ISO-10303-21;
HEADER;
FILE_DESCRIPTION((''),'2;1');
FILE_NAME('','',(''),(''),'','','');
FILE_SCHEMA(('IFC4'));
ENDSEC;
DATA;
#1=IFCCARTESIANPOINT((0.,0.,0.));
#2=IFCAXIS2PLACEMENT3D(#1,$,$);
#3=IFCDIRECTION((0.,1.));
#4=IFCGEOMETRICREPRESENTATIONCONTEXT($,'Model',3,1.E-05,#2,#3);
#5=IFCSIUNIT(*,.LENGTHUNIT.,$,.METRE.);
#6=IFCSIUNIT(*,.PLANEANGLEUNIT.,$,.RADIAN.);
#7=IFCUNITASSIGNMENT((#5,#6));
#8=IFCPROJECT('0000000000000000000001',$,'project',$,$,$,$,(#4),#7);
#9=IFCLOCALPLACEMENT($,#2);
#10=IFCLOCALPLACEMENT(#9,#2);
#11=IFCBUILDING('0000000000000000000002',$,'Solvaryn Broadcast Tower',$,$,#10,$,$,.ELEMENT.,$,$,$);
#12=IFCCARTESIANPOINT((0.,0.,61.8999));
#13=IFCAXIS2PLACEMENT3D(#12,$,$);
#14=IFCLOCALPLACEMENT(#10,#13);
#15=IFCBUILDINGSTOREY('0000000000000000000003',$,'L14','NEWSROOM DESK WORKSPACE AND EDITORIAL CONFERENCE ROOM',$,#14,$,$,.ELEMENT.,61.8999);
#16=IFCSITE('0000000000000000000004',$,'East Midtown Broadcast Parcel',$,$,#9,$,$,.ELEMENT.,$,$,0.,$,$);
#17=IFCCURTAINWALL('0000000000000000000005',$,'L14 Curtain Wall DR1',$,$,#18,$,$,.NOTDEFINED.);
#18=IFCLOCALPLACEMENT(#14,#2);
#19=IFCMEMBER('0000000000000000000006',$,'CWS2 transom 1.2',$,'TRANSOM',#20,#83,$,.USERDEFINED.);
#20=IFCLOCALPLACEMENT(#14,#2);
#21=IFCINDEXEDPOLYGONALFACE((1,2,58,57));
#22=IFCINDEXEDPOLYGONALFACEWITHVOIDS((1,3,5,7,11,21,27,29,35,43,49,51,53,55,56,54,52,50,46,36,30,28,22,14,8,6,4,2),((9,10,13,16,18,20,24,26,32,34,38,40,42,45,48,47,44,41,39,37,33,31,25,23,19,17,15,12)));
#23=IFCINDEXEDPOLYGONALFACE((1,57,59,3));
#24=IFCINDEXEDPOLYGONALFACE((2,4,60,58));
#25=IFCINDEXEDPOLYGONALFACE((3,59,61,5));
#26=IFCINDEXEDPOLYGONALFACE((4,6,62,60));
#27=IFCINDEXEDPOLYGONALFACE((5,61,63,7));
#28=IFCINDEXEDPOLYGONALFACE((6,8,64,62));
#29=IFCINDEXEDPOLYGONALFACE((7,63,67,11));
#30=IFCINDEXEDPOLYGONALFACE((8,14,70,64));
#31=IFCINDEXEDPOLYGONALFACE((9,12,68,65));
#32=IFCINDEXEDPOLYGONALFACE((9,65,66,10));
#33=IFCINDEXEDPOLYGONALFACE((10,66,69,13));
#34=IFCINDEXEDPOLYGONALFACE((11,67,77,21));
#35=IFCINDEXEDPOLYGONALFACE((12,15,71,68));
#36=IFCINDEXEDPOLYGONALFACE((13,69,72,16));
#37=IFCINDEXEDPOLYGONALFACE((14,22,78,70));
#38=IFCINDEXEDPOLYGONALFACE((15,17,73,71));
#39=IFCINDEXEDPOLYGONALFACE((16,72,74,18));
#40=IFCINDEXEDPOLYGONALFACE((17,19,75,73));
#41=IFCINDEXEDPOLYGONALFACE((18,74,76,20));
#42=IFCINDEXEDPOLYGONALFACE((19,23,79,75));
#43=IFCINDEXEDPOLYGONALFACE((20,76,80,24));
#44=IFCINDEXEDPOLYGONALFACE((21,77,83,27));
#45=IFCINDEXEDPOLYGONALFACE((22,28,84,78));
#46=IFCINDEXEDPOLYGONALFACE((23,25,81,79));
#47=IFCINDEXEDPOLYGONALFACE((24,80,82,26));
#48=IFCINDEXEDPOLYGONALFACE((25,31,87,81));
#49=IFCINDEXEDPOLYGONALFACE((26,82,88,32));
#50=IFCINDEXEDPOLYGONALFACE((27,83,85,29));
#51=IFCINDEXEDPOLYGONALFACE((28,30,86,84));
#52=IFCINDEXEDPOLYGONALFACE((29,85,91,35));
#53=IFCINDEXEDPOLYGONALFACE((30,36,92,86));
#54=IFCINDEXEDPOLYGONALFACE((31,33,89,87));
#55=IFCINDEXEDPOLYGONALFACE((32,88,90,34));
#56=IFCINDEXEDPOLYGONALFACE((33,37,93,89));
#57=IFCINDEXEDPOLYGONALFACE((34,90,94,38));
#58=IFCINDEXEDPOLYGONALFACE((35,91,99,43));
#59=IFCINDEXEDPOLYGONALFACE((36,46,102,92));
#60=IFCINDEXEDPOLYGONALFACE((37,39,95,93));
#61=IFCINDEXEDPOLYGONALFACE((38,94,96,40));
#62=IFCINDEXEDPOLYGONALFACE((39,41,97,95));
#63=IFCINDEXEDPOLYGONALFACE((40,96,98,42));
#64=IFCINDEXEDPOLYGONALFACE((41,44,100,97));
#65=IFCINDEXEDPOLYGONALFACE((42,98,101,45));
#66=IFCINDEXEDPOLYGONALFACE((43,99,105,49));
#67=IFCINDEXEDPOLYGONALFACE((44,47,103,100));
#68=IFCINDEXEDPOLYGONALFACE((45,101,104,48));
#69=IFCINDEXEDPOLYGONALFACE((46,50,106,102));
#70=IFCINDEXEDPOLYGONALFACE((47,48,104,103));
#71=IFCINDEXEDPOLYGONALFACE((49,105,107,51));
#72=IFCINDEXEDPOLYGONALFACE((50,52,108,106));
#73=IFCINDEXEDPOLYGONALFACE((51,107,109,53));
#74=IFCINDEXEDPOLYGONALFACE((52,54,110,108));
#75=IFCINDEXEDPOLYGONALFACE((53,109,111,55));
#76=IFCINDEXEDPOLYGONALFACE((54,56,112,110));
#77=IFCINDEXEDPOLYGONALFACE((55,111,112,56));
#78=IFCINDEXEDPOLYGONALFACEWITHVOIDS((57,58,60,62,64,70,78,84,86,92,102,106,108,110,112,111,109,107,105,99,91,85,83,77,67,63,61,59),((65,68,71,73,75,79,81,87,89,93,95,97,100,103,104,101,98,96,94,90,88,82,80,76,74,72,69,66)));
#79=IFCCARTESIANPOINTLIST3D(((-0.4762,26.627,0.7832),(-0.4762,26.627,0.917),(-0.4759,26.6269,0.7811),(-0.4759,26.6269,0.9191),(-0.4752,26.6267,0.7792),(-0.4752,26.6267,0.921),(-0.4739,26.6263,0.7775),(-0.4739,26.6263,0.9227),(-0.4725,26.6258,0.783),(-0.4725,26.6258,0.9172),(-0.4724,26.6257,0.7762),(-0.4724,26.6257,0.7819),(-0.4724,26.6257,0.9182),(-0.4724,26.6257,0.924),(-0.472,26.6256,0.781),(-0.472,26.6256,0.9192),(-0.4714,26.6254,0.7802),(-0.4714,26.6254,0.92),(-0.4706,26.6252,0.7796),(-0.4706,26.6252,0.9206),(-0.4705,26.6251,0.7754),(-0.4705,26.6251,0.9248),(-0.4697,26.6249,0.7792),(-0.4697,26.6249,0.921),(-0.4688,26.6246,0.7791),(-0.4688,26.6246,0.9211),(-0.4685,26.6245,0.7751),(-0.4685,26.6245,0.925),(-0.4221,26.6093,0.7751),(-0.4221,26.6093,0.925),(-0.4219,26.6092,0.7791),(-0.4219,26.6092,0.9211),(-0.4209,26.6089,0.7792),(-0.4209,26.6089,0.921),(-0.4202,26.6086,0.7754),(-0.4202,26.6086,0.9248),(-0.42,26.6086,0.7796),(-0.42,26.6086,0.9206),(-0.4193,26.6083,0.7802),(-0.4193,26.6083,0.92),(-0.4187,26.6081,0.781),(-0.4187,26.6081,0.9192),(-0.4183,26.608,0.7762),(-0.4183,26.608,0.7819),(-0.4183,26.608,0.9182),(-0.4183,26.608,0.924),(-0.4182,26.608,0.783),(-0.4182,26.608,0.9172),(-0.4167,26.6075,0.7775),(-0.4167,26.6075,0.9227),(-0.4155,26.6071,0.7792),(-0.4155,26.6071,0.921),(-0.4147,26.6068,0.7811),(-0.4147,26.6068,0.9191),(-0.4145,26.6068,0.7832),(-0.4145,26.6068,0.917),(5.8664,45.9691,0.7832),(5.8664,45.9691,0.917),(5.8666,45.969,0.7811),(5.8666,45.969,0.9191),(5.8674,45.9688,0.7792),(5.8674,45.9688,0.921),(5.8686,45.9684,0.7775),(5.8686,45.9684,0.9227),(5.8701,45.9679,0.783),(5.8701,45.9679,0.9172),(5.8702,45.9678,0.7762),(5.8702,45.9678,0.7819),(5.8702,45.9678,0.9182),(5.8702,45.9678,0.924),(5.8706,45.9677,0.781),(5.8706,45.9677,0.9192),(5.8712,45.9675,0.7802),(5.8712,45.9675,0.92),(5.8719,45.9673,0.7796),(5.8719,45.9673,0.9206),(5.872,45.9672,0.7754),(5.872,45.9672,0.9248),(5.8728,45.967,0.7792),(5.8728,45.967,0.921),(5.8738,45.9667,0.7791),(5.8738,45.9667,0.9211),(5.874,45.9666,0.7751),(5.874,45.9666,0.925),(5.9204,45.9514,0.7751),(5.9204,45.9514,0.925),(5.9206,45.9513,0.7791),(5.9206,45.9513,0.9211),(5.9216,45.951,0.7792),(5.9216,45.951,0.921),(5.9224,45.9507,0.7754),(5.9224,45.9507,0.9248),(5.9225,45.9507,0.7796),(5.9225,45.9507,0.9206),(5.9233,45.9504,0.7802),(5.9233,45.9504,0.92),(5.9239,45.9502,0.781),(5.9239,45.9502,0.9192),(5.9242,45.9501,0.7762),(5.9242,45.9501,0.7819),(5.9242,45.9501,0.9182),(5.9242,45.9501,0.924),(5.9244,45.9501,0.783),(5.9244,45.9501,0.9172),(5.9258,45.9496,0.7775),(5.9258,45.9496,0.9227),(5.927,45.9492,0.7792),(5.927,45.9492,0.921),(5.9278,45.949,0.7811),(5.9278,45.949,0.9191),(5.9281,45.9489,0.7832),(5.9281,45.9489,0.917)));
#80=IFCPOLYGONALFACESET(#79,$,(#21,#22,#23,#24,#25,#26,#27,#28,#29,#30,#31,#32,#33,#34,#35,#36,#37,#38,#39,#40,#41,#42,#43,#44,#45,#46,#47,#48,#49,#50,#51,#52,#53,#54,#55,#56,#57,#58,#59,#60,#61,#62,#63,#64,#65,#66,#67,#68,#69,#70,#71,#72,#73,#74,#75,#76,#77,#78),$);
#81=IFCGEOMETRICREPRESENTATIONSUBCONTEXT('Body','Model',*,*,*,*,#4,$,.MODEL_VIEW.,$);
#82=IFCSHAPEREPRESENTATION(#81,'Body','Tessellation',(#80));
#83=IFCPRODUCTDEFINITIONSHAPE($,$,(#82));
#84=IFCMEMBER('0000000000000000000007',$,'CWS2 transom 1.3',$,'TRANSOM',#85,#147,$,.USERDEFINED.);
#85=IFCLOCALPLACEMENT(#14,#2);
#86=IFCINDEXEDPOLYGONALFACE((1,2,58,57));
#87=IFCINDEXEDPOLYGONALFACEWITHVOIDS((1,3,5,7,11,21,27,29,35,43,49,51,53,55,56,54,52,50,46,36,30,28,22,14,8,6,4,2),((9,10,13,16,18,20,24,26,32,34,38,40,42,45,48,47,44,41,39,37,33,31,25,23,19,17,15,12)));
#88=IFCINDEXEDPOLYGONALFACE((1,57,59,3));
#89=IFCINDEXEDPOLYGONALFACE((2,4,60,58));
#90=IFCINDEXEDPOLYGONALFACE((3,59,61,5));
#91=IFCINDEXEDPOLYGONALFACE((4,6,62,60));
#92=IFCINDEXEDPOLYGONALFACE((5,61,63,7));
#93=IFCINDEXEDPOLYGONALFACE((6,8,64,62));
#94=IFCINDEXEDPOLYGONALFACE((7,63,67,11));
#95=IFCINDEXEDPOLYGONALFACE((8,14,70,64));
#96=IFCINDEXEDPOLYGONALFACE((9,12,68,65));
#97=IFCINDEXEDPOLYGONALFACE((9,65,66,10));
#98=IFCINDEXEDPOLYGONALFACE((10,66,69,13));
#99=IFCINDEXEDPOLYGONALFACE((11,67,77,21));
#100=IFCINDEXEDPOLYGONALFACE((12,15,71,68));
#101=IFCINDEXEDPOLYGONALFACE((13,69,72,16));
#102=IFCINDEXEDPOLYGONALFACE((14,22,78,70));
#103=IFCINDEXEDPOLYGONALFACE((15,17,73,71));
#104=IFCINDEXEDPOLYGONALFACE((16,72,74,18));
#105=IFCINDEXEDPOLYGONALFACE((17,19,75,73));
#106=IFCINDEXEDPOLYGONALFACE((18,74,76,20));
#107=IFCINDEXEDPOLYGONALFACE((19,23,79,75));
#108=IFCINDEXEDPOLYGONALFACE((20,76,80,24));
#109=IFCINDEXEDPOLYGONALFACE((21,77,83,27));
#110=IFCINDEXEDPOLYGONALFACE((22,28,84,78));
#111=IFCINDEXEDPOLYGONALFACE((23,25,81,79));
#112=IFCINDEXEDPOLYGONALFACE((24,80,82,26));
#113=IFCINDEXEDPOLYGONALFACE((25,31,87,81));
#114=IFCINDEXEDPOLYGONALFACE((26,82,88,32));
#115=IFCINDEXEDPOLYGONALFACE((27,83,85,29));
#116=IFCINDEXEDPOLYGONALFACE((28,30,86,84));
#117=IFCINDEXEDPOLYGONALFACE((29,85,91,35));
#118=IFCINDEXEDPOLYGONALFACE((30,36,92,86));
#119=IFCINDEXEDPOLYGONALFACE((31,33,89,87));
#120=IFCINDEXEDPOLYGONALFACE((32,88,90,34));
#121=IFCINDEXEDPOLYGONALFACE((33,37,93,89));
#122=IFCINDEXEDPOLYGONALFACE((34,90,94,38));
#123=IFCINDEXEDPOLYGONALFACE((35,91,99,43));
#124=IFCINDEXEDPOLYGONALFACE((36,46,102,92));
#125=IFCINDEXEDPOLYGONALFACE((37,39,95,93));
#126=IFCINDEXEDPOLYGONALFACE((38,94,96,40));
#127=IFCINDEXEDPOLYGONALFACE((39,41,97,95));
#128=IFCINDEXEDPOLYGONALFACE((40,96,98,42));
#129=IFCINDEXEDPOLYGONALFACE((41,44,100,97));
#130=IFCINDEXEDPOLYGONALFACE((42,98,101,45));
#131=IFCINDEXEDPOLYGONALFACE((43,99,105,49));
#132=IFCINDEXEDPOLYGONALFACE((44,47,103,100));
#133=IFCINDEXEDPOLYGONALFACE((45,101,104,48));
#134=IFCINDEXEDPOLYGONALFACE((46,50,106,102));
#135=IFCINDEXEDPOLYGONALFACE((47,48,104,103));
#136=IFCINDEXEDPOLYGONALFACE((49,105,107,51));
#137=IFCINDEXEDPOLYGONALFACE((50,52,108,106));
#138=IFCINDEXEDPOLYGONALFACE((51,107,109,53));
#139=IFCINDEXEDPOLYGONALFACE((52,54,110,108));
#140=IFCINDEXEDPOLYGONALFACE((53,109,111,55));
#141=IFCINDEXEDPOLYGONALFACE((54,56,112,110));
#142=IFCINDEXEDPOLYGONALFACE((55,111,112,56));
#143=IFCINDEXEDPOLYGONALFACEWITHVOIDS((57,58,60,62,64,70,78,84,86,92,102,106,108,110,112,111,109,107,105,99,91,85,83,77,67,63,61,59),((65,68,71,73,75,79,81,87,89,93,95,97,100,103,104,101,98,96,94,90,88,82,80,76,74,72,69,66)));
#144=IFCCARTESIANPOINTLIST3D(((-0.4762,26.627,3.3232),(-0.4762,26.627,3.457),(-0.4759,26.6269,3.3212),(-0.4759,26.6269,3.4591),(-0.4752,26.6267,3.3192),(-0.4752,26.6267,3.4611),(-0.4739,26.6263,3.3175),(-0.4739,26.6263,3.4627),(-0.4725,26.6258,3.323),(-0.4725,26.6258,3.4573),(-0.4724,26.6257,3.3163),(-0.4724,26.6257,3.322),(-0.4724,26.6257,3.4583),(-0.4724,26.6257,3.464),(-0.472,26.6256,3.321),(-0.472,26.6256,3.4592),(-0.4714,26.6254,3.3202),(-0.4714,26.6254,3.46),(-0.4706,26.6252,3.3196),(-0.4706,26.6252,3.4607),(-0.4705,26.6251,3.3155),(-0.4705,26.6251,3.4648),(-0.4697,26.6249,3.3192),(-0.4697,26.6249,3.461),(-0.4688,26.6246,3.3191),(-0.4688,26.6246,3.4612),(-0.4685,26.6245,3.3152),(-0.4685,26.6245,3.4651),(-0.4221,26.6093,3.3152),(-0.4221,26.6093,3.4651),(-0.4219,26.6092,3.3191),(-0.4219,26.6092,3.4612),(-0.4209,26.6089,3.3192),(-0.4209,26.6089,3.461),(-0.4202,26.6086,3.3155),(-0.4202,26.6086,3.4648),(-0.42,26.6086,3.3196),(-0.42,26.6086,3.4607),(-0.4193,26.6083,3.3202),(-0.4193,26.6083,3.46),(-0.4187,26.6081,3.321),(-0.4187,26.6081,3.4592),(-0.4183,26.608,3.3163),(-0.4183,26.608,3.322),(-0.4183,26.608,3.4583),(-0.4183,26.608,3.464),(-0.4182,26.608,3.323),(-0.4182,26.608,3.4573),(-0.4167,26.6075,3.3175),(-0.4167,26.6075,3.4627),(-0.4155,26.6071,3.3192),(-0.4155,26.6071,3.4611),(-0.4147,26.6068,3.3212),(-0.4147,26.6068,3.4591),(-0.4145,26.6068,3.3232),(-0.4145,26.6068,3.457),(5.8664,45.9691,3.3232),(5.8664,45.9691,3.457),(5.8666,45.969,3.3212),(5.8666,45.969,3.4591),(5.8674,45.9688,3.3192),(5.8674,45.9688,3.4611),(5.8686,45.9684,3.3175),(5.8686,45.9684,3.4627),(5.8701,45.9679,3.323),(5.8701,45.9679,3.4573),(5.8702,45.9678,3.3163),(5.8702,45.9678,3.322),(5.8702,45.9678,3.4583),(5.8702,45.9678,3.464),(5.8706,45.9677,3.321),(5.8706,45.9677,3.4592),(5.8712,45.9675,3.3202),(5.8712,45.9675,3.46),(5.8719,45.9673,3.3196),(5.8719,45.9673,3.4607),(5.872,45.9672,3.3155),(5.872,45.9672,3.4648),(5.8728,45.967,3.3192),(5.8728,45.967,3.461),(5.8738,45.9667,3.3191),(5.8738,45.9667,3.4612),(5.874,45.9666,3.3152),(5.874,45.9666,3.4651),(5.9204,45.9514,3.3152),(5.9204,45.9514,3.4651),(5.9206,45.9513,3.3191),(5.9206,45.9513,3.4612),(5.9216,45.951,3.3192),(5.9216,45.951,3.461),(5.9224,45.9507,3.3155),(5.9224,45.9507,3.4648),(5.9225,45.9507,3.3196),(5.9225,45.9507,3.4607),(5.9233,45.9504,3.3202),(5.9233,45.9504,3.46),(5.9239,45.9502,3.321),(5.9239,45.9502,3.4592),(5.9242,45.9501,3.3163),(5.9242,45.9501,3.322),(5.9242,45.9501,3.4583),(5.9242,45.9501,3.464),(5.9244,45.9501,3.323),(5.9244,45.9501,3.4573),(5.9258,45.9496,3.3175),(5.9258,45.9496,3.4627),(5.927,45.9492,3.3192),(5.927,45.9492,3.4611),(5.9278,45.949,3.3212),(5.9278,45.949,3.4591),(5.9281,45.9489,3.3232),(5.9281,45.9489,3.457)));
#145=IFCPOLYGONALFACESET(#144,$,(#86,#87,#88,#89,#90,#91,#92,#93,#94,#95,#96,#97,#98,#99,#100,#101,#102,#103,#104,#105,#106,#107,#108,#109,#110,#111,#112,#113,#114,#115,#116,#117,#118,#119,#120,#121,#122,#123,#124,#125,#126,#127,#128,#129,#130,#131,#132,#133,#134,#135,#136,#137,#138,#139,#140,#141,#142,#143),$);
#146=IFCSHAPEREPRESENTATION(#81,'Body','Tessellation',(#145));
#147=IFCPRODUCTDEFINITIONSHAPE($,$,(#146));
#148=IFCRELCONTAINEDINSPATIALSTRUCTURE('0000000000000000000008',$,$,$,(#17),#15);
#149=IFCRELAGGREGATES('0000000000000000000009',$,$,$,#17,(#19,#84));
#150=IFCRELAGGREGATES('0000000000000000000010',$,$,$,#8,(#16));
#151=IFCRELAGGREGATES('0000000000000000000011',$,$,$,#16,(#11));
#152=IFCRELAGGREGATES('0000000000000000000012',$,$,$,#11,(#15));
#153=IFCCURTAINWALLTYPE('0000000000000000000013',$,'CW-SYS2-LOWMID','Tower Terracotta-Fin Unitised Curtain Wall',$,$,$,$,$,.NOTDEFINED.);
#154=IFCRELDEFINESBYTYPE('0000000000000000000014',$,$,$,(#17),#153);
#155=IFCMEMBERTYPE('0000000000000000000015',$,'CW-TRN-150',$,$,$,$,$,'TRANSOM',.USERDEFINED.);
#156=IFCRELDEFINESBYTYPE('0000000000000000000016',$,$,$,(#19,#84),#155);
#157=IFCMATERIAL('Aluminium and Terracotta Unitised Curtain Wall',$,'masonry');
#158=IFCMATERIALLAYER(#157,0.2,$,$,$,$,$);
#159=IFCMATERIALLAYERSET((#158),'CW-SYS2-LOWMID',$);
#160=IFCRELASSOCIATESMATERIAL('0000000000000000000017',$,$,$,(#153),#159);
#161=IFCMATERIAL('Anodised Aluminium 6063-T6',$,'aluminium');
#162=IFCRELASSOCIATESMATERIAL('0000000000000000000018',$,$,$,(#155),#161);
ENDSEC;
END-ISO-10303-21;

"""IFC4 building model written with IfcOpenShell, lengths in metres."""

from ifc_helpers import new_model, si_unit, direction, frame, origin, origin_2d, place, context, subcontext, project, spatial, hollow_rectangle, extrude, material, layer, layer_set, material_profile, profile_set, type_object, element, aggregate, save


model = new_model("IFC4")

# Units and contexts
model_context = context("Model", 3, precision=1e-05, world=origin(), true_north=direction((0.0, 1.0)))
body_context = subcontext(model_context, "Body", "Model", "MODEL_VIEW")
ifc_project = project(units=[si_unit("LENGTHUNIT", "METRE"), si_unit("PLANEANGLEUNIT", "RADIAN")], contexts=[model_context])

# Site, building, storey
site_placement = place(None, origin())
site = spatial("IfcSite", under=ifc_project, at=site_placement, Name="East Midtown Broadcast Parcel", CompositionType="ELEMENT", RefElevation=0.0)
building_placement = place(site_placement, origin())
building = spatial("IfcBuilding", under=site, at=building_placement, Name="Solvaryn Broadcast Tower", CompositionType="ELEMENT")
storey_placement = place(building_placement, frame((0.0, 0.0, 61.8999)))
storey = spatial("IfcBuildingStorey", under=building, at=storey_placement, Name="L14", Description="NEWSROOM DESK WORKSPACE AND EDITORIAL CONFERENCE ROOM", CompositionType="ELEMENT", Elevation=61.8999)

# Curtain wall
ifc_material_1 = material(Name="Aluminium and Terracotta Unitised Curtain Wall", Category="masonry")
ifc_layer_1 = layer(ifc_material_1, 0.2)
ifc_layer_set_1 = layer_set([ifc_layer_1], Name="CW-SYS2-LOWMID")
curtain_wall_type = type_object("IfcCurtainWallType", Name="CW-SYS2-LOWMID", Description="Tower Terracotta-Fin Unitised Curtain Wall", PredefinedType="NOTDEFINED", material=ifc_layer_set_1)
curtain_wall_1_placement = place(storey_placement, origin())
curtain_wall_1 = element("IfcCurtainWall", 1, at=curtain_wall_1_placement, inside=storey, type_object=curtain_wall_type, Name="L14 Curtain Wall DR1", PredefinedType="NOTDEFINED")

# Members
ifc_material_2 = material(Name="Anodised Aluminium 6063-T6", Category="aluminium")
ifc_material_profile_1 = material_profile(ifc_material_2, hollow_rectangle(XDim=0.0649, YDim=0.1499, WallThickness=0.0039, InnerFilletRadius=0.0039, OuterFilletRadius=0.0081, at=origin_2d()))
ifc_profile_set_1 = profile_set([ifc_material_profile_1], Name="Anodised Aluminium 6063-T6")
member_type_1 = type_object("IfcMemberType", Name="CW-TRN-150", ElementType="TRANSOM", PredefinedType="USERDEFINED", material=ifc_profile_set_1)
member_1_placement = place(storey_placement, frame((5.8972, 45.959, 0.8501), z_axis=(-0.31159, -0.950217, 0.0), x_axis=(0.950217, -0.31159, 0.0)))
member_1 = element("IfcMember", 2, at=member_1_placement, type_object=member_type_1, Name="CWS2 transom 1.2", ObjectType="TRANSOM", PredefinedType="USERDEFINED", context=body_context, shape_type="SweptSolid", body=[
    extrude(hollow_rectangle(XDim=0.0649, YDim=0.1499, WallThickness=0.0039, InnerFilletRadius=0.0039, OuterFilletRadius=0.0081, at=origin_2d()), origin(), (0.0, 0.0, 1.0), 20.3555),
])
member_2_placement = place(storey_placement, frame((5.8972, 45.959, 3.3901), z_axis=(-0.31159, -0.950217, 0.0), x_axis=(0.950217, -0.31159, 0.0)))
member_2 = element("IfcMember", 3, at=member_2_placement, type_object=member_type_1, Name="CWS2 transom 1.3", ObjectType="TRANSOM", PredefinedType="USERDEFINED", context=body_context, shape_type="SweptSolid", body=[
    extrude(hollow_rectangle(XDim=0.0649, YDim=0.1499, WallThickness=0.0039, InnerFilletRadius=0.0039, OuterFilletRadius=0.0081, at=origin_2d()), origin(), (0.0, 0.0, 1.0), 20.3555),
])
aggregate(curtain_wall_1, [member_1, member_2])

save(model, "model.ifc")
